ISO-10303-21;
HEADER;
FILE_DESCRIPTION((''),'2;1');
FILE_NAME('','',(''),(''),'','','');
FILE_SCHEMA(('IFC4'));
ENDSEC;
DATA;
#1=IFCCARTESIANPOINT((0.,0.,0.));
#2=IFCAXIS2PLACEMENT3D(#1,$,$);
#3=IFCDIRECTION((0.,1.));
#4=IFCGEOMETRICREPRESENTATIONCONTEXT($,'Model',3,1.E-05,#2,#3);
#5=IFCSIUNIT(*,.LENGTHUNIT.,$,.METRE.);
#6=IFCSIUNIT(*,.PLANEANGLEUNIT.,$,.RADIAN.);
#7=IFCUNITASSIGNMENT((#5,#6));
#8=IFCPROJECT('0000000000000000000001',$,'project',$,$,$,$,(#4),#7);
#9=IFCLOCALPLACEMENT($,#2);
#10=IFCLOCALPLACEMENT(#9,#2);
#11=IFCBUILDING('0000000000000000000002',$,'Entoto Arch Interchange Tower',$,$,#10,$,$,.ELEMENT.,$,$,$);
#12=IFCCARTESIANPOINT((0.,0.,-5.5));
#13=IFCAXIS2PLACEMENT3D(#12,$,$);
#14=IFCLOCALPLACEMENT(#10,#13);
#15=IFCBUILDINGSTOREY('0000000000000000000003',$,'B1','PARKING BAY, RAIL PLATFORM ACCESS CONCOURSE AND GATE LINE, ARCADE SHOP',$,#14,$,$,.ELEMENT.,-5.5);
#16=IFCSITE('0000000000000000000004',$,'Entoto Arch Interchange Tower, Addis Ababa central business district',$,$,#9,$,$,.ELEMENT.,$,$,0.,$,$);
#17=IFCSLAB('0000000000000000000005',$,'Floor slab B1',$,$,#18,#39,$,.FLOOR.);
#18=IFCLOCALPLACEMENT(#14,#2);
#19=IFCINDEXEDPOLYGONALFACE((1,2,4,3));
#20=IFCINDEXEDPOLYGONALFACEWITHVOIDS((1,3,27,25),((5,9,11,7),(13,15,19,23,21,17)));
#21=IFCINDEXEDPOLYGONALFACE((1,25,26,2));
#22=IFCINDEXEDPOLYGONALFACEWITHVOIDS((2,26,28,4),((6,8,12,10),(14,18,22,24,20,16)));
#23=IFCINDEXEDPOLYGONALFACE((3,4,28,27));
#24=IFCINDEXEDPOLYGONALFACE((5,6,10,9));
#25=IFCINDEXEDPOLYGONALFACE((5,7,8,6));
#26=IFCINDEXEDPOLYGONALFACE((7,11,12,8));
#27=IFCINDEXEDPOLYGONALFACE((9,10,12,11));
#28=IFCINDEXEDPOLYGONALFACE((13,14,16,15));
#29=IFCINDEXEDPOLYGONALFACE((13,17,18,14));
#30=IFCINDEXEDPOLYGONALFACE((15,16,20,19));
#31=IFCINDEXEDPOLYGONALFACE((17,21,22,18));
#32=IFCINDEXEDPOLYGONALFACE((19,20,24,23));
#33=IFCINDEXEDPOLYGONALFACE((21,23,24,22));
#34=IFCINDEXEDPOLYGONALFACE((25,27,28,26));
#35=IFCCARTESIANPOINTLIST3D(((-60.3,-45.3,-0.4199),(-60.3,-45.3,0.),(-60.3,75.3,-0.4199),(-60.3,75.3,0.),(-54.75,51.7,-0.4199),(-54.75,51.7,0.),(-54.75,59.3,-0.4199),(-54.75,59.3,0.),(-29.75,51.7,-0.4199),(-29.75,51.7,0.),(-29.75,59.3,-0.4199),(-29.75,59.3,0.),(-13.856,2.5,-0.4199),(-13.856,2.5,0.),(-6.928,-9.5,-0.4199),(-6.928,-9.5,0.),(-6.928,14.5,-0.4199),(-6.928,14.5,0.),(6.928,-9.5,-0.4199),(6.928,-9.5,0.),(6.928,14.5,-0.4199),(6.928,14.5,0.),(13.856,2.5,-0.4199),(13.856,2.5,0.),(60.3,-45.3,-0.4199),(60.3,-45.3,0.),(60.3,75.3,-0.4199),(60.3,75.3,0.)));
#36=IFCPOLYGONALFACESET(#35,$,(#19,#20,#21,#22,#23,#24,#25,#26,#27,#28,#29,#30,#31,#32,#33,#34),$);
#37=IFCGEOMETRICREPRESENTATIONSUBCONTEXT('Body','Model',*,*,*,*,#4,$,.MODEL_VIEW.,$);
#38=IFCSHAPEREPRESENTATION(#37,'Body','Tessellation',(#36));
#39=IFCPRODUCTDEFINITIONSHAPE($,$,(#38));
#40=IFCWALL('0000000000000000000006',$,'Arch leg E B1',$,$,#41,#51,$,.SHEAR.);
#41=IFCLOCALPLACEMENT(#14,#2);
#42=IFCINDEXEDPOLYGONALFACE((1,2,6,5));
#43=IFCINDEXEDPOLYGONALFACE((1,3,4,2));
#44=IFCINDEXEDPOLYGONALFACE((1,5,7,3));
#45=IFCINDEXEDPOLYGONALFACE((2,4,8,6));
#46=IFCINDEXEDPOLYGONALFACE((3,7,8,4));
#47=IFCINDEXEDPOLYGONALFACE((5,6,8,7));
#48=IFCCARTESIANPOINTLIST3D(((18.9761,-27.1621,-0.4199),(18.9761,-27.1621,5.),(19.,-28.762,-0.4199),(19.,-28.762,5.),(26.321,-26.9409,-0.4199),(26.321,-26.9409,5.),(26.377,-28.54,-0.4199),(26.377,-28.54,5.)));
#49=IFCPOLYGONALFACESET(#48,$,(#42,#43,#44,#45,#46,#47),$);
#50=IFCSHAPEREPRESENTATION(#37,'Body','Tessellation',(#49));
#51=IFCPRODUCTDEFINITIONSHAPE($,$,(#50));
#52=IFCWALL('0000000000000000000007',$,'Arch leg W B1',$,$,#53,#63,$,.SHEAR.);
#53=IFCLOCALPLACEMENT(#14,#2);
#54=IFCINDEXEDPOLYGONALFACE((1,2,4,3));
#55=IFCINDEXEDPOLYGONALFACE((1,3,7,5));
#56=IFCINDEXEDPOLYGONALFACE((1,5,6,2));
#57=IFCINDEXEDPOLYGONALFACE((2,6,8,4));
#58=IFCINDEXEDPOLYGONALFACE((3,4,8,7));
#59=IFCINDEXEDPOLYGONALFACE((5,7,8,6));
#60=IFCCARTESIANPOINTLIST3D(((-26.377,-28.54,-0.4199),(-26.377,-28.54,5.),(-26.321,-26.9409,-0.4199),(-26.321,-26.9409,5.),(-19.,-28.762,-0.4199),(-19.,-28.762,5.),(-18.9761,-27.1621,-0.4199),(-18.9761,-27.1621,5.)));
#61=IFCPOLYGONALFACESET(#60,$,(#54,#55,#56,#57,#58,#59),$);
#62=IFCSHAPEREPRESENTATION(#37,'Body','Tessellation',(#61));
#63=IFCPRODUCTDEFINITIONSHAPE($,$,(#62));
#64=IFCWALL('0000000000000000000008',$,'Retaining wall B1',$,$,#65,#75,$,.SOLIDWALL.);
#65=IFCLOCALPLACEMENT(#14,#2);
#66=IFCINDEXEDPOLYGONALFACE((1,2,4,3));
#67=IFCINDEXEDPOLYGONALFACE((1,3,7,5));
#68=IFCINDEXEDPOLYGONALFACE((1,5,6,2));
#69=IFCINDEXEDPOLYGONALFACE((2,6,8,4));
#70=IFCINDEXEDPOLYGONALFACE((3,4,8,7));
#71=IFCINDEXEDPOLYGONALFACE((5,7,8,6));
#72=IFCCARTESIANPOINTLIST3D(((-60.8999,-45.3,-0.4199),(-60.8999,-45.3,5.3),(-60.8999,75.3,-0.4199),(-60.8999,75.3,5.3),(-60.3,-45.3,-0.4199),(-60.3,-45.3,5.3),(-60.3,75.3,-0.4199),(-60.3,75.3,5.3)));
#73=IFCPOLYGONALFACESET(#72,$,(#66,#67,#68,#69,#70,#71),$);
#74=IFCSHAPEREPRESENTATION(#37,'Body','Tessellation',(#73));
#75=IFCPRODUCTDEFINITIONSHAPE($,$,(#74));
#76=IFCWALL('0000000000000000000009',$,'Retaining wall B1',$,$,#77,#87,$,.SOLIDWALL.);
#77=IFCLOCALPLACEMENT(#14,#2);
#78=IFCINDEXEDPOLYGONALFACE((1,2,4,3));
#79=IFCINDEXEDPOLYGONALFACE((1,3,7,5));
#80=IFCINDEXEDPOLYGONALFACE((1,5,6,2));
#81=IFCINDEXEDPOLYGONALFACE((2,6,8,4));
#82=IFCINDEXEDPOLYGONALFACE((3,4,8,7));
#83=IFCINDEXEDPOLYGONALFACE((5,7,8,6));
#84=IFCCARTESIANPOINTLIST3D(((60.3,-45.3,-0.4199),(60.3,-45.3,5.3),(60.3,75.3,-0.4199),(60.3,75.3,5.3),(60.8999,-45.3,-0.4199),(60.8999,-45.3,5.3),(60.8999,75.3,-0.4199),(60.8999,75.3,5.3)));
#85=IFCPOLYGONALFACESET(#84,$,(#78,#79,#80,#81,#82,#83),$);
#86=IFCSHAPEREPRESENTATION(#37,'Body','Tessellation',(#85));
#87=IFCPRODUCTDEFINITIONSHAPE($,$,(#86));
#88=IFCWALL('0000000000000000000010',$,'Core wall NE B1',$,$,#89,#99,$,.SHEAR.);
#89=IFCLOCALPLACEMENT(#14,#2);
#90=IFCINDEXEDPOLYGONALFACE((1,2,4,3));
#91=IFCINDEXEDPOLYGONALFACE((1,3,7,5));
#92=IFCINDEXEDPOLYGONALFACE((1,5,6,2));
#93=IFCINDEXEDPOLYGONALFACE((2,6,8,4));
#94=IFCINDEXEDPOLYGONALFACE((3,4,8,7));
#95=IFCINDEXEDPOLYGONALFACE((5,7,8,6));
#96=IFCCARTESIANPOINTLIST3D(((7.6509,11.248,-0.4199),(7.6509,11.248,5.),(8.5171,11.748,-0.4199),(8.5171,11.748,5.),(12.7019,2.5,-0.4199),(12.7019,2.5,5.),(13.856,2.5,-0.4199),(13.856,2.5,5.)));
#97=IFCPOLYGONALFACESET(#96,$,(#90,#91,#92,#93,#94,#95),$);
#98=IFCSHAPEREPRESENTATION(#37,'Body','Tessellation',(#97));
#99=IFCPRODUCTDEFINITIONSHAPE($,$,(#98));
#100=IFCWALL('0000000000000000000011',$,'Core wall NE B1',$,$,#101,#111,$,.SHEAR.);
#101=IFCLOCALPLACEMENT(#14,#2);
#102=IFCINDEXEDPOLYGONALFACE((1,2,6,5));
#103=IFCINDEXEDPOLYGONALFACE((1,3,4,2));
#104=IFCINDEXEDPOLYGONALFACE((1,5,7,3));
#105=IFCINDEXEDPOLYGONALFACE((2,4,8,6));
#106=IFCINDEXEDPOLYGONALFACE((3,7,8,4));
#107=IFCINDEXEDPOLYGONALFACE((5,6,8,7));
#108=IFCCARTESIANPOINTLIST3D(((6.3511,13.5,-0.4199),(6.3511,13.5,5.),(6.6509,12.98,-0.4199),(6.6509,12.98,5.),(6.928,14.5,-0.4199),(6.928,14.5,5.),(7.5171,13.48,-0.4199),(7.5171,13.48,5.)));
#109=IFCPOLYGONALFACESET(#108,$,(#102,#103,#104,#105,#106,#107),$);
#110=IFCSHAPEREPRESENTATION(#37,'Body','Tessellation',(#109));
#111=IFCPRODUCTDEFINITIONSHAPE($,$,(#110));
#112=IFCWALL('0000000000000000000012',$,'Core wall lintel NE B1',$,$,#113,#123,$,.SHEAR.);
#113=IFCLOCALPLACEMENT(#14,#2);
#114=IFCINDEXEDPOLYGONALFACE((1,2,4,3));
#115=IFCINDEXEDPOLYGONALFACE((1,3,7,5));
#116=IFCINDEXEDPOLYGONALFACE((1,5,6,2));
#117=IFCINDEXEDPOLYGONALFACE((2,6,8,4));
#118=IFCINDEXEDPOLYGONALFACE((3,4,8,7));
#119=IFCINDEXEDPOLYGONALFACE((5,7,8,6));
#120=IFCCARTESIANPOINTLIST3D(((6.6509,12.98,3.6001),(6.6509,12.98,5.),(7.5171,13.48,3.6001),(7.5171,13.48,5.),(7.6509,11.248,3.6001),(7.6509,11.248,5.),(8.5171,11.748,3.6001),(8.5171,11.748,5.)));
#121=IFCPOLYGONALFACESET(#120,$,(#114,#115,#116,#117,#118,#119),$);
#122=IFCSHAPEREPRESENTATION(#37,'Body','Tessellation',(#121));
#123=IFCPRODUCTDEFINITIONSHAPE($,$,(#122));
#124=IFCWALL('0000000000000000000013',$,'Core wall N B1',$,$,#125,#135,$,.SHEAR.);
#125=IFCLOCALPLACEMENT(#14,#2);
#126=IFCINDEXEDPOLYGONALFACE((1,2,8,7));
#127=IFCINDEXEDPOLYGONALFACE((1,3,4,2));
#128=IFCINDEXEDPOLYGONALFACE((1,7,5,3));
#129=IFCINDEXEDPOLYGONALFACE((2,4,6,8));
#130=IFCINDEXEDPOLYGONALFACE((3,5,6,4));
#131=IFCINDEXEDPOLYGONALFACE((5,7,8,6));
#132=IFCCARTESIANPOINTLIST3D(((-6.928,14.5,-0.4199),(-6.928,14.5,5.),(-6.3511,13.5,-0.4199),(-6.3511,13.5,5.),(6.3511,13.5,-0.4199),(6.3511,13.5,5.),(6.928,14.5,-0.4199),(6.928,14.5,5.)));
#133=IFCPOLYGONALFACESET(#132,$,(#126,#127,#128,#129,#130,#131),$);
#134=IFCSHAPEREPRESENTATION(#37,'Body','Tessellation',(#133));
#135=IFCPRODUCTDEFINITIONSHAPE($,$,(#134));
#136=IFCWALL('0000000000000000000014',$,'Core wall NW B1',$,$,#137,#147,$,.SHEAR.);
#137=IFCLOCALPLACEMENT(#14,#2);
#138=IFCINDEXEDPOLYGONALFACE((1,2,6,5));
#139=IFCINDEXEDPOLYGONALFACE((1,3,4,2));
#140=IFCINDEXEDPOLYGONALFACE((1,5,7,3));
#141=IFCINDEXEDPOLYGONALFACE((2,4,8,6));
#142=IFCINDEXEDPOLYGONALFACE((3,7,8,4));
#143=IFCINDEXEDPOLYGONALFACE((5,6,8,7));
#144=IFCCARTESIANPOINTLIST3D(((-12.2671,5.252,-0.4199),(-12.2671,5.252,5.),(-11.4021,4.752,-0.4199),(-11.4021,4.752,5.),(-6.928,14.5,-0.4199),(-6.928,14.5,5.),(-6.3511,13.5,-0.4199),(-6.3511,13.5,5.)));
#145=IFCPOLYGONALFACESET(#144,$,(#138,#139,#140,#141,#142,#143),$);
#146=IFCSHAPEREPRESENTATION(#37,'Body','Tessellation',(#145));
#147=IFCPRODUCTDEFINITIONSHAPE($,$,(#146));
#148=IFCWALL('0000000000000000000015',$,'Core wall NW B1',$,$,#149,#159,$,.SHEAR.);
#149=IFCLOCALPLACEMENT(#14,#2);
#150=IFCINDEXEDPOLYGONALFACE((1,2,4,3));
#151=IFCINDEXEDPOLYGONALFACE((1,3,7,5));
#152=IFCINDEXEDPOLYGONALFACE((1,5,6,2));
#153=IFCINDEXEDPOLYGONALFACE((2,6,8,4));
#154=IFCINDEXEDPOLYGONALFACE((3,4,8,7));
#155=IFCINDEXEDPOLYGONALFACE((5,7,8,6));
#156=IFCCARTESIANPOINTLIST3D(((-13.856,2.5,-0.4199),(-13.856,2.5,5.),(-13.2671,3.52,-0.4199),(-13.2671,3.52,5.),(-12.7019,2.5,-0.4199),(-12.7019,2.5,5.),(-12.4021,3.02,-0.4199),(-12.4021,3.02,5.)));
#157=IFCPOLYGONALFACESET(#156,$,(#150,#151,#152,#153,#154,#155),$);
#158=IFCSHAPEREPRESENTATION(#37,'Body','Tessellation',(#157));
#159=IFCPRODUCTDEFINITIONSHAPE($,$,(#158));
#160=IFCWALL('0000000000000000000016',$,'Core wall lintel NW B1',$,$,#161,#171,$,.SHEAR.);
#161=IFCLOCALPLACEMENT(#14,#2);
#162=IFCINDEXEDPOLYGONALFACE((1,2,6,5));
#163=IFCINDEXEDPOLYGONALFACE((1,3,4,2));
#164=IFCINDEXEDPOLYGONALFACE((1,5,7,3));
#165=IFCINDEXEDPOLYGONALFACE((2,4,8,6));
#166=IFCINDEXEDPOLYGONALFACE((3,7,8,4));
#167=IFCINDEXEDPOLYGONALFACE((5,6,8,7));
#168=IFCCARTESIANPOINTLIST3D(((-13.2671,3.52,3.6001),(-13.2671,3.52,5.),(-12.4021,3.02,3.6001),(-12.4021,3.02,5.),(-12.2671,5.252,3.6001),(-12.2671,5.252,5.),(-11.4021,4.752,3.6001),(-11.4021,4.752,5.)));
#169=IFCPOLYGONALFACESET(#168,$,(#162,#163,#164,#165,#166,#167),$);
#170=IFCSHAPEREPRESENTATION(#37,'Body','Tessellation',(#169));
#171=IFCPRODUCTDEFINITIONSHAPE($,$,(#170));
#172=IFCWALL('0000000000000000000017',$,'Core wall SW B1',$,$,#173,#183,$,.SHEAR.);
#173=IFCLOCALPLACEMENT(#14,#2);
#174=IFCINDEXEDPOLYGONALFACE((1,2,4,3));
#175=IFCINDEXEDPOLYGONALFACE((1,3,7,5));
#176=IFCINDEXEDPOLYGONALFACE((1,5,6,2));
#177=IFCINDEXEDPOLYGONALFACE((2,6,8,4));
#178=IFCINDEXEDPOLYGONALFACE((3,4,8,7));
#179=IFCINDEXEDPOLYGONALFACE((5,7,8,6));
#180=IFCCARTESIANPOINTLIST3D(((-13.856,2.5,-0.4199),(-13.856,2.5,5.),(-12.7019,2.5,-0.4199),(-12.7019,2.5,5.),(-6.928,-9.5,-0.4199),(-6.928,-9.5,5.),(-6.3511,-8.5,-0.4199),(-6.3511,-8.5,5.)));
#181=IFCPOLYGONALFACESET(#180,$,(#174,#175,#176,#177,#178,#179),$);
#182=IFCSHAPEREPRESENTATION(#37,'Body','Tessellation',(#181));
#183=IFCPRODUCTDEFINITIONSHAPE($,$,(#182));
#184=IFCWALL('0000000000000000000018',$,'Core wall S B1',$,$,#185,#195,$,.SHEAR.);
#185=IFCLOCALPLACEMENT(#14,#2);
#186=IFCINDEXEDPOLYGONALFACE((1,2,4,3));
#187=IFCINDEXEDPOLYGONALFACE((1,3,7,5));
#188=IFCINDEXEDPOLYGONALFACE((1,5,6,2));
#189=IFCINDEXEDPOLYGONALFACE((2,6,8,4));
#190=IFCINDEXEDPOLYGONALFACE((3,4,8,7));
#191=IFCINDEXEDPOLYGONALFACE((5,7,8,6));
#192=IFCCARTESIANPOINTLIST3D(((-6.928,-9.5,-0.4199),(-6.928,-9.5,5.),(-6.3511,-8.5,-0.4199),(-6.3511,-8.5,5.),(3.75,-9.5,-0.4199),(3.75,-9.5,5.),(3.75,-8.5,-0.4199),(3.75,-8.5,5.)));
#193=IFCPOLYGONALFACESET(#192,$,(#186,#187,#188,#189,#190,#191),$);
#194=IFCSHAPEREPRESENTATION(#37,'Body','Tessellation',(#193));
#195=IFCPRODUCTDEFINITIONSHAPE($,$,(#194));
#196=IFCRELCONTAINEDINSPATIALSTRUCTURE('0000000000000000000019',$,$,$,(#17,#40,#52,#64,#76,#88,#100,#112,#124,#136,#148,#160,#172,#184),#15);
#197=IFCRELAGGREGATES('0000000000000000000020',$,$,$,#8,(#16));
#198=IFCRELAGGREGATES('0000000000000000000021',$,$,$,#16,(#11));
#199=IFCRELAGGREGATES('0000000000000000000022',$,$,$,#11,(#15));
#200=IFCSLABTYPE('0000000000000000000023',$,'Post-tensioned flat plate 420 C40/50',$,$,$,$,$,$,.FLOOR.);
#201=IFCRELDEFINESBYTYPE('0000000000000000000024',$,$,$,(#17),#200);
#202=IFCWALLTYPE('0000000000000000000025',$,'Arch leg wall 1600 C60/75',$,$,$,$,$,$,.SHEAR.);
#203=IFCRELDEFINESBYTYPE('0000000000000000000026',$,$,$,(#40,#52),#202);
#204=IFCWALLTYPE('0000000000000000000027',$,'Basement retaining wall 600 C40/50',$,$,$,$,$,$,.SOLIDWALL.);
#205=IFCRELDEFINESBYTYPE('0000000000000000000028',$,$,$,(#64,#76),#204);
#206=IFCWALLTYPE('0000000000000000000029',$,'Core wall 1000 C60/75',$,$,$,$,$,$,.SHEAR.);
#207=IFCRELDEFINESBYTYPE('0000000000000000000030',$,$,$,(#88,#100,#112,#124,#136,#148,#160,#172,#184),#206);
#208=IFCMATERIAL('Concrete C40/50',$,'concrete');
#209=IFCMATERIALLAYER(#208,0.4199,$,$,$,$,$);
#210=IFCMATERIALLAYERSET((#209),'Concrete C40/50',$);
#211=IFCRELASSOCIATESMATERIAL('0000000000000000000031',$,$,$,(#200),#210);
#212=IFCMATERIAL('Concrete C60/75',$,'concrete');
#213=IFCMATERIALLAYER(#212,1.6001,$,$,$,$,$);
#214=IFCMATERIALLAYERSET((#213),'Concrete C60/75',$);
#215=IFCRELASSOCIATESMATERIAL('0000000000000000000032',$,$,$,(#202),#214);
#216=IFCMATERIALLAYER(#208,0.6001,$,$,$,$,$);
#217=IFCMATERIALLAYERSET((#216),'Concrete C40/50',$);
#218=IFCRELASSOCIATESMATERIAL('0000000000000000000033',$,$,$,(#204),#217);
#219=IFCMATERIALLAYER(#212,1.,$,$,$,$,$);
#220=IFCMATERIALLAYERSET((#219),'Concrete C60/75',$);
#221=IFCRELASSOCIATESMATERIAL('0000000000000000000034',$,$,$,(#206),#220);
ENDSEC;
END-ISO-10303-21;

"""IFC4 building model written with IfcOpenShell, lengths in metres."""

from ifc_helpers import new_model, si_unit, direction, frame, origin, place, context, subcontext, project, spatial, polyline, outline, extrude, material, layer, layer_set, type_object, element, save


model = new_model("IFC4")

# Units and contexts
model_context = context("Model", 3, precision=1e-05, world=origin(), true_north=direction((0.0, 1.0)))
body_context = subcontext(model_context, "Body", "Model", "MODEL_VIEW")
ifc_project = project(units=[si_unit("LENGTHUNIT", "METRE"), si_unit("PLANEANGLEUNIT", "RADIAN")], contexts=[model_context])

# Site, building, storey
site_placement = place(None, origin())
site = spatial("IfcSite", under=ifc_project, at=site_placement, Name="Entoto Arch Interchange Tower, Addis Ababa central business district", CompositionType="ELEMENT", RefElevation=0.0)
building_placement = place(site_placement, origin())
building = spatial("IfcBuilding", under=site, at=building_placement, Name="Entoto Arch Interchange Tower", CompositionType="ELEMENT")
storey_placement = place(building_placement, frame((0.0, 0.0, -5.5)))
storey = spatial("IfcBuildingStorey", under=building, at=storey_placement, Name="B1", Description="PARKING BAY, RAIL PLATFORM ACCESS CONCOURSE AND GATE LINE, ARCADE SHOP", CompositionType="ELEMENT", Elevation=-5.5)

# Slab
ifc_material_1 = material(Name="Concrete C40/50", Category="concrete")
ifc_layer_1 = layer(ifc_material_1, 0.4199)
ifc_layer_set_1 = layer_set([ifc_layer_1], Name="Concrete C40/50")
slab_type_1 = type_object("IfcSlabType", Name="Post-tensioned flat plate 420 C40/50", PredefinedType="FLOOR", material=ifc_layer_set_1)
slab_1_placement = place(storey_placement, frame((0.0, 0.0, -0.4199)))
element("IfcSlab", 1, at=slab_1_placement, inside=storey, type_object=slab_type_1, Name="Floor slab B1", PredefinedType="FLOOR", context=body_context, shape_type="SweptSolid", body=[
    extrude(outline(polyline([(-60.3, -45.3), (60.3, -45.3), (60.3, 75.3), (-60.3, 75.3), (-60.3, -45.3)]), holes=[polyline([(-6.928, 14.5), (-13.856, 2.5), (-6.928, -9.5), (6.928, -9.5), (13.856, 2.5), (6.928, 14.5), (-6.928, 14.5)]), polyline([(-29.75, 59.3), (-54.75, 59.3), (-54.75, 51.7), (-29.75, 51.7), (-29.75, 59.3)])]), origin(), (0.0, 0.0, 1.0), 0.4199),
])

# Walls
ifc_material_2 = material(Name="Concrete C60/75", Category="concrete")
ifc_layer_2 = layer(ifc_material_2, 1.6001)
ifc_layer_set_2 = layer_set([ifc_layer_2], Name="Concrete C60/75")
wall_type_1 = type_object("IfcWallType", Name="Arch leg wall 1600 C60/75", PredefinedType="SHEAR", material=ifc_layer_set_2)
wall_1_placement = place(storey_placement, frame((0.0, 0.0, -0.4199)))
element("IfcWall", 2, at=wall_1_placement, inside=storey, type_object=wall_type_1, Name="Arch leg E B1", PredefinedType="SHEAR", context=body_context, shape_type="SweptSolid", body=[
    extrude(outline(polyline([(19.0, -28.762), (26.377, -28.54), (26.321, -26.9409), (18.9761, -27.1621), (19.0, -28.762)])), origin(), (0.0, 0.0, 1.0), 5.4199),
])
wall_2_placement = place(storey_placement, frame((0.0, 0.0, -0.4199)))
element("IfcWall", 3, at=wall_2_placement, inside=storey, type_object=wall_type_1, Name="Arch leg W B1", PredefinedType="SHEAR", context=body_context, shape_type="SweptSolid", body=[
    extrude(outline(polyline([(-26.377, -28.54), (-19.0, -28.762), (-18.9761, -27.1621), (-26.321, -26.9409), (-26.377, -28.54)])), origin(), (0.0, 0.0, 1.0), 5.4199),
])
ifc_layer_3 = layer(ifc_material_1, 0.6001)
ifc_layer_set_3 = layer_set([ifc_layer_3], Name="Concrete C40/50")
wall_type_2 = type_object("IfcWallType", Name="Basement retaining wall 600 C40/50", PredefinedType="SOLIDWALL", material=ifc_layer_set_3)
wall_3_placement = place(storey_placement, frame((0.0, 0.0, -0.4199)))
element("IfcWall", 4, at=wall_3_placement, inside=storey, type_object=wall_type_2, Name="Retaining wall B1", PredefinedType="SOLIDWALL", context=body_context, shape_type="SweptSolid", body=[
    extrude(outline(polyline([(-60.3, -45.3), (-60.3, 75.3), (-60.8999, 75.3), (-60.8999, -45.3), (-60.3, -45.3)])), origin(), (0.0, 0.0, 1.0), 5.72),
])
wall_4_placement = place(storey_placement, frame((0.0, 0.0, -0.4199)))
element("IfcWall", 5, at=wall_4_placement, inside=storey, type_object=wall_type_2, Name="Retaining wall B1", PredefinedType="SOLIDWALL", context=body_context, shape_type="SweptSolid", body=[
    extrude(outline(polyline([(60.8999, -45.3), (60.8999, 75.3), (60.3, 75.3), (60.3, -45.3), (60.8999, -45.3)])), origin(), (0.0, 0.0, 1.0), 5.72),
])
ifc_layer_4 = layer(ifc_material_2, 1.0)
ifc_layer_set_4 = layer_set([ifc_layer_4], Name="Concrete C60/75")
wall_type_3 = type_object("IfcWallType", Name="Core wall 1000 C60/75", PredefinedType="SHEAR", material=ifc_layer_set_4)
wall_5_placement = place(storey_placement, frame((0.0, 0.0, -0.4199)))
element("IfcWall", 6, at=wall_5_placement, inside=storey, type_object=wall_type_3, Name="Core wall NE B1", PredefinedType="SHEAR", context=body_context, shape_type="SweptSolid", body=[
    extrude(outline(polyline([(8.5171, 11.748), (7.6509, 11.248), (12.7019, 2.5), (13.856, 2.5), (8.5171, 11.748)])), origin(), (0.0, 0.0, 1.0), 5.4199),
])
wall_6_placement = place(storey_placement, frame((0.0, 0.0, -0.4199)))
element("IfcWall", 7, at=wall_6_placement, inside=storey, type_object=wall_type_3, Name="Core wall NE B1", PredefinedType="SHEAR", context=body_context, shape_type="SweptSolid", body=[
    extrude(outline(polyline([(6.6509, 12.98), (7.5171, 13.48), (6.928, 14.5), (6.3511, 13.5), (6.6509, 12.98)])), origin(), (0.0, 0.0, 1.0), 5.4199),
])
wall_7_placement = place(storey_placement, frame((0.0, 0.0, 3.6001)))
element("IfcWall", 8, at=wall_7_placement, inside=storey, type_object=wall_type_3, Name="Core wall lintel NE B1", PredefinedType="SHEAR", context=body_context, shape_type="SweptSolid", body=[
    extrude(outline(polyline([(7.5171, 13.48), (6.6509, 12.98), (7.6509, 11.248), (8.5171, 11.748), (7.5171, 13.48)])), origin(), (0.0, 0.0, 1.0), 1.3999),
])
wall_8_placement = place(storey_placement, frame((0.0, 0.0, -0.4199)))
element("IfcWall", 9, at=wall_8_placement, inside=storey, type_object=wall_type_3, Name="Core wall N B1", PredefinedType="SHEAR", context=body_context, shape_type="SweptSolid", body=[
    extrude(outline(polyline([(6.928, 14.5), (-6.928, 14.5), (-6.3511, 13.5), (6.3511, 13.5), (6.928, 14.5)])), origin(), (0.0, 0.0, 1.0), 5.4199),
])
wall_9_placement = place(storey_placement, frame((0.0, 0.0, -0.4199)))
element("IfcWall", 10, at=wall_9_placement, inside=storey, type_object=wall_type_3, Name="Core wall NW B1", PredefinedType="SHEAR", context=body_context, shape_type="SweptSolid", body=[
    extrude(outline(polyline([(-12.2671, 5.252), (-11.4021, 4.752), (-6.3511, 13.5), (-6.928, 14.5), (-12.2671, 5.252)])), origin(), (0.0, 0.0, 1.0), 5.4199),
])
wall_10_placement = place(storey_placement, frame((0.0, 0.0, -0.4199)))
element("IfcWall", 11, at=wall_10_placement, inside=storey, type_object=wall_type_3, Name="Core wall NW B1", PredefinedType="SHEAR", context=body_context, shape_type="SweptSolid", body=[
    extrude(outline(polyline([(-12.4021, 3.02), (-13.2671, 3.52), (-13.856, 2.5), (-12.7019, 2.5), (-12.4021, 3.02)])), origin(), (0.0, 0.0, 1.0), 5.4199),
])
wall_11_placement = place(storey_placement, frame((0.0, 0.0, 3.6001)))
element("IfcWall", 12, at=wall_11_placement, inside=storey, type_object=wall_type_3, Name="Core wall lintel NW B1", PredefinedType="SHEAR", context=body_context, shape_type="SweptSolid", body=[
    extrude(outline(polyline([(-13.2671, 3.52), (-12.4021, 3.02), (-11.4021, 4.752), (-12.2671, 5.252), (-13.2671, 3.52)])), origin(), (0.0, 0.0, 1.0), 1.3999),
])
wall_12_placement = place(storey_placement, frame((0.0, 0.0, -0.4199)))
element("IfcWall", 13, at=wall_12_placement, inside=storey, type_object=wall_type_3, Name="Core wall SW B1", PredefinedType="SHEAR", context=body_context, shape_type="SweptSolid", body=[
    extrude(outline(polyline([(-13.856, 2.5), (-6.928, -9.5), (-6.3511, -8.5), (-12.7019, 2.5), (-13.856, 2.5)])), origin(), (0.0, 0.0, 1.0), 5.4199),
])
wall_13_placement = place(storey_placement, frame((0.0, 0.0, -0.4199)))
element("IfcWall", 14, at=wall_13_placement, inside=storey, type_object=wall_type_3, Name="Core wall S B1", PredefinedType="SHEAR", context=body_context, shape_type="SweptSolid", body=[
    extrude(outline(polyline([(3.75, -9.5), (3.75, -8.5), (-6.3511, -8.5), (-6.928, -9.5), (3.75, -9.5)])), origin(), (0.0, 0.0, 1.0), 5.4199),
])

save(model, "model.ifc")
